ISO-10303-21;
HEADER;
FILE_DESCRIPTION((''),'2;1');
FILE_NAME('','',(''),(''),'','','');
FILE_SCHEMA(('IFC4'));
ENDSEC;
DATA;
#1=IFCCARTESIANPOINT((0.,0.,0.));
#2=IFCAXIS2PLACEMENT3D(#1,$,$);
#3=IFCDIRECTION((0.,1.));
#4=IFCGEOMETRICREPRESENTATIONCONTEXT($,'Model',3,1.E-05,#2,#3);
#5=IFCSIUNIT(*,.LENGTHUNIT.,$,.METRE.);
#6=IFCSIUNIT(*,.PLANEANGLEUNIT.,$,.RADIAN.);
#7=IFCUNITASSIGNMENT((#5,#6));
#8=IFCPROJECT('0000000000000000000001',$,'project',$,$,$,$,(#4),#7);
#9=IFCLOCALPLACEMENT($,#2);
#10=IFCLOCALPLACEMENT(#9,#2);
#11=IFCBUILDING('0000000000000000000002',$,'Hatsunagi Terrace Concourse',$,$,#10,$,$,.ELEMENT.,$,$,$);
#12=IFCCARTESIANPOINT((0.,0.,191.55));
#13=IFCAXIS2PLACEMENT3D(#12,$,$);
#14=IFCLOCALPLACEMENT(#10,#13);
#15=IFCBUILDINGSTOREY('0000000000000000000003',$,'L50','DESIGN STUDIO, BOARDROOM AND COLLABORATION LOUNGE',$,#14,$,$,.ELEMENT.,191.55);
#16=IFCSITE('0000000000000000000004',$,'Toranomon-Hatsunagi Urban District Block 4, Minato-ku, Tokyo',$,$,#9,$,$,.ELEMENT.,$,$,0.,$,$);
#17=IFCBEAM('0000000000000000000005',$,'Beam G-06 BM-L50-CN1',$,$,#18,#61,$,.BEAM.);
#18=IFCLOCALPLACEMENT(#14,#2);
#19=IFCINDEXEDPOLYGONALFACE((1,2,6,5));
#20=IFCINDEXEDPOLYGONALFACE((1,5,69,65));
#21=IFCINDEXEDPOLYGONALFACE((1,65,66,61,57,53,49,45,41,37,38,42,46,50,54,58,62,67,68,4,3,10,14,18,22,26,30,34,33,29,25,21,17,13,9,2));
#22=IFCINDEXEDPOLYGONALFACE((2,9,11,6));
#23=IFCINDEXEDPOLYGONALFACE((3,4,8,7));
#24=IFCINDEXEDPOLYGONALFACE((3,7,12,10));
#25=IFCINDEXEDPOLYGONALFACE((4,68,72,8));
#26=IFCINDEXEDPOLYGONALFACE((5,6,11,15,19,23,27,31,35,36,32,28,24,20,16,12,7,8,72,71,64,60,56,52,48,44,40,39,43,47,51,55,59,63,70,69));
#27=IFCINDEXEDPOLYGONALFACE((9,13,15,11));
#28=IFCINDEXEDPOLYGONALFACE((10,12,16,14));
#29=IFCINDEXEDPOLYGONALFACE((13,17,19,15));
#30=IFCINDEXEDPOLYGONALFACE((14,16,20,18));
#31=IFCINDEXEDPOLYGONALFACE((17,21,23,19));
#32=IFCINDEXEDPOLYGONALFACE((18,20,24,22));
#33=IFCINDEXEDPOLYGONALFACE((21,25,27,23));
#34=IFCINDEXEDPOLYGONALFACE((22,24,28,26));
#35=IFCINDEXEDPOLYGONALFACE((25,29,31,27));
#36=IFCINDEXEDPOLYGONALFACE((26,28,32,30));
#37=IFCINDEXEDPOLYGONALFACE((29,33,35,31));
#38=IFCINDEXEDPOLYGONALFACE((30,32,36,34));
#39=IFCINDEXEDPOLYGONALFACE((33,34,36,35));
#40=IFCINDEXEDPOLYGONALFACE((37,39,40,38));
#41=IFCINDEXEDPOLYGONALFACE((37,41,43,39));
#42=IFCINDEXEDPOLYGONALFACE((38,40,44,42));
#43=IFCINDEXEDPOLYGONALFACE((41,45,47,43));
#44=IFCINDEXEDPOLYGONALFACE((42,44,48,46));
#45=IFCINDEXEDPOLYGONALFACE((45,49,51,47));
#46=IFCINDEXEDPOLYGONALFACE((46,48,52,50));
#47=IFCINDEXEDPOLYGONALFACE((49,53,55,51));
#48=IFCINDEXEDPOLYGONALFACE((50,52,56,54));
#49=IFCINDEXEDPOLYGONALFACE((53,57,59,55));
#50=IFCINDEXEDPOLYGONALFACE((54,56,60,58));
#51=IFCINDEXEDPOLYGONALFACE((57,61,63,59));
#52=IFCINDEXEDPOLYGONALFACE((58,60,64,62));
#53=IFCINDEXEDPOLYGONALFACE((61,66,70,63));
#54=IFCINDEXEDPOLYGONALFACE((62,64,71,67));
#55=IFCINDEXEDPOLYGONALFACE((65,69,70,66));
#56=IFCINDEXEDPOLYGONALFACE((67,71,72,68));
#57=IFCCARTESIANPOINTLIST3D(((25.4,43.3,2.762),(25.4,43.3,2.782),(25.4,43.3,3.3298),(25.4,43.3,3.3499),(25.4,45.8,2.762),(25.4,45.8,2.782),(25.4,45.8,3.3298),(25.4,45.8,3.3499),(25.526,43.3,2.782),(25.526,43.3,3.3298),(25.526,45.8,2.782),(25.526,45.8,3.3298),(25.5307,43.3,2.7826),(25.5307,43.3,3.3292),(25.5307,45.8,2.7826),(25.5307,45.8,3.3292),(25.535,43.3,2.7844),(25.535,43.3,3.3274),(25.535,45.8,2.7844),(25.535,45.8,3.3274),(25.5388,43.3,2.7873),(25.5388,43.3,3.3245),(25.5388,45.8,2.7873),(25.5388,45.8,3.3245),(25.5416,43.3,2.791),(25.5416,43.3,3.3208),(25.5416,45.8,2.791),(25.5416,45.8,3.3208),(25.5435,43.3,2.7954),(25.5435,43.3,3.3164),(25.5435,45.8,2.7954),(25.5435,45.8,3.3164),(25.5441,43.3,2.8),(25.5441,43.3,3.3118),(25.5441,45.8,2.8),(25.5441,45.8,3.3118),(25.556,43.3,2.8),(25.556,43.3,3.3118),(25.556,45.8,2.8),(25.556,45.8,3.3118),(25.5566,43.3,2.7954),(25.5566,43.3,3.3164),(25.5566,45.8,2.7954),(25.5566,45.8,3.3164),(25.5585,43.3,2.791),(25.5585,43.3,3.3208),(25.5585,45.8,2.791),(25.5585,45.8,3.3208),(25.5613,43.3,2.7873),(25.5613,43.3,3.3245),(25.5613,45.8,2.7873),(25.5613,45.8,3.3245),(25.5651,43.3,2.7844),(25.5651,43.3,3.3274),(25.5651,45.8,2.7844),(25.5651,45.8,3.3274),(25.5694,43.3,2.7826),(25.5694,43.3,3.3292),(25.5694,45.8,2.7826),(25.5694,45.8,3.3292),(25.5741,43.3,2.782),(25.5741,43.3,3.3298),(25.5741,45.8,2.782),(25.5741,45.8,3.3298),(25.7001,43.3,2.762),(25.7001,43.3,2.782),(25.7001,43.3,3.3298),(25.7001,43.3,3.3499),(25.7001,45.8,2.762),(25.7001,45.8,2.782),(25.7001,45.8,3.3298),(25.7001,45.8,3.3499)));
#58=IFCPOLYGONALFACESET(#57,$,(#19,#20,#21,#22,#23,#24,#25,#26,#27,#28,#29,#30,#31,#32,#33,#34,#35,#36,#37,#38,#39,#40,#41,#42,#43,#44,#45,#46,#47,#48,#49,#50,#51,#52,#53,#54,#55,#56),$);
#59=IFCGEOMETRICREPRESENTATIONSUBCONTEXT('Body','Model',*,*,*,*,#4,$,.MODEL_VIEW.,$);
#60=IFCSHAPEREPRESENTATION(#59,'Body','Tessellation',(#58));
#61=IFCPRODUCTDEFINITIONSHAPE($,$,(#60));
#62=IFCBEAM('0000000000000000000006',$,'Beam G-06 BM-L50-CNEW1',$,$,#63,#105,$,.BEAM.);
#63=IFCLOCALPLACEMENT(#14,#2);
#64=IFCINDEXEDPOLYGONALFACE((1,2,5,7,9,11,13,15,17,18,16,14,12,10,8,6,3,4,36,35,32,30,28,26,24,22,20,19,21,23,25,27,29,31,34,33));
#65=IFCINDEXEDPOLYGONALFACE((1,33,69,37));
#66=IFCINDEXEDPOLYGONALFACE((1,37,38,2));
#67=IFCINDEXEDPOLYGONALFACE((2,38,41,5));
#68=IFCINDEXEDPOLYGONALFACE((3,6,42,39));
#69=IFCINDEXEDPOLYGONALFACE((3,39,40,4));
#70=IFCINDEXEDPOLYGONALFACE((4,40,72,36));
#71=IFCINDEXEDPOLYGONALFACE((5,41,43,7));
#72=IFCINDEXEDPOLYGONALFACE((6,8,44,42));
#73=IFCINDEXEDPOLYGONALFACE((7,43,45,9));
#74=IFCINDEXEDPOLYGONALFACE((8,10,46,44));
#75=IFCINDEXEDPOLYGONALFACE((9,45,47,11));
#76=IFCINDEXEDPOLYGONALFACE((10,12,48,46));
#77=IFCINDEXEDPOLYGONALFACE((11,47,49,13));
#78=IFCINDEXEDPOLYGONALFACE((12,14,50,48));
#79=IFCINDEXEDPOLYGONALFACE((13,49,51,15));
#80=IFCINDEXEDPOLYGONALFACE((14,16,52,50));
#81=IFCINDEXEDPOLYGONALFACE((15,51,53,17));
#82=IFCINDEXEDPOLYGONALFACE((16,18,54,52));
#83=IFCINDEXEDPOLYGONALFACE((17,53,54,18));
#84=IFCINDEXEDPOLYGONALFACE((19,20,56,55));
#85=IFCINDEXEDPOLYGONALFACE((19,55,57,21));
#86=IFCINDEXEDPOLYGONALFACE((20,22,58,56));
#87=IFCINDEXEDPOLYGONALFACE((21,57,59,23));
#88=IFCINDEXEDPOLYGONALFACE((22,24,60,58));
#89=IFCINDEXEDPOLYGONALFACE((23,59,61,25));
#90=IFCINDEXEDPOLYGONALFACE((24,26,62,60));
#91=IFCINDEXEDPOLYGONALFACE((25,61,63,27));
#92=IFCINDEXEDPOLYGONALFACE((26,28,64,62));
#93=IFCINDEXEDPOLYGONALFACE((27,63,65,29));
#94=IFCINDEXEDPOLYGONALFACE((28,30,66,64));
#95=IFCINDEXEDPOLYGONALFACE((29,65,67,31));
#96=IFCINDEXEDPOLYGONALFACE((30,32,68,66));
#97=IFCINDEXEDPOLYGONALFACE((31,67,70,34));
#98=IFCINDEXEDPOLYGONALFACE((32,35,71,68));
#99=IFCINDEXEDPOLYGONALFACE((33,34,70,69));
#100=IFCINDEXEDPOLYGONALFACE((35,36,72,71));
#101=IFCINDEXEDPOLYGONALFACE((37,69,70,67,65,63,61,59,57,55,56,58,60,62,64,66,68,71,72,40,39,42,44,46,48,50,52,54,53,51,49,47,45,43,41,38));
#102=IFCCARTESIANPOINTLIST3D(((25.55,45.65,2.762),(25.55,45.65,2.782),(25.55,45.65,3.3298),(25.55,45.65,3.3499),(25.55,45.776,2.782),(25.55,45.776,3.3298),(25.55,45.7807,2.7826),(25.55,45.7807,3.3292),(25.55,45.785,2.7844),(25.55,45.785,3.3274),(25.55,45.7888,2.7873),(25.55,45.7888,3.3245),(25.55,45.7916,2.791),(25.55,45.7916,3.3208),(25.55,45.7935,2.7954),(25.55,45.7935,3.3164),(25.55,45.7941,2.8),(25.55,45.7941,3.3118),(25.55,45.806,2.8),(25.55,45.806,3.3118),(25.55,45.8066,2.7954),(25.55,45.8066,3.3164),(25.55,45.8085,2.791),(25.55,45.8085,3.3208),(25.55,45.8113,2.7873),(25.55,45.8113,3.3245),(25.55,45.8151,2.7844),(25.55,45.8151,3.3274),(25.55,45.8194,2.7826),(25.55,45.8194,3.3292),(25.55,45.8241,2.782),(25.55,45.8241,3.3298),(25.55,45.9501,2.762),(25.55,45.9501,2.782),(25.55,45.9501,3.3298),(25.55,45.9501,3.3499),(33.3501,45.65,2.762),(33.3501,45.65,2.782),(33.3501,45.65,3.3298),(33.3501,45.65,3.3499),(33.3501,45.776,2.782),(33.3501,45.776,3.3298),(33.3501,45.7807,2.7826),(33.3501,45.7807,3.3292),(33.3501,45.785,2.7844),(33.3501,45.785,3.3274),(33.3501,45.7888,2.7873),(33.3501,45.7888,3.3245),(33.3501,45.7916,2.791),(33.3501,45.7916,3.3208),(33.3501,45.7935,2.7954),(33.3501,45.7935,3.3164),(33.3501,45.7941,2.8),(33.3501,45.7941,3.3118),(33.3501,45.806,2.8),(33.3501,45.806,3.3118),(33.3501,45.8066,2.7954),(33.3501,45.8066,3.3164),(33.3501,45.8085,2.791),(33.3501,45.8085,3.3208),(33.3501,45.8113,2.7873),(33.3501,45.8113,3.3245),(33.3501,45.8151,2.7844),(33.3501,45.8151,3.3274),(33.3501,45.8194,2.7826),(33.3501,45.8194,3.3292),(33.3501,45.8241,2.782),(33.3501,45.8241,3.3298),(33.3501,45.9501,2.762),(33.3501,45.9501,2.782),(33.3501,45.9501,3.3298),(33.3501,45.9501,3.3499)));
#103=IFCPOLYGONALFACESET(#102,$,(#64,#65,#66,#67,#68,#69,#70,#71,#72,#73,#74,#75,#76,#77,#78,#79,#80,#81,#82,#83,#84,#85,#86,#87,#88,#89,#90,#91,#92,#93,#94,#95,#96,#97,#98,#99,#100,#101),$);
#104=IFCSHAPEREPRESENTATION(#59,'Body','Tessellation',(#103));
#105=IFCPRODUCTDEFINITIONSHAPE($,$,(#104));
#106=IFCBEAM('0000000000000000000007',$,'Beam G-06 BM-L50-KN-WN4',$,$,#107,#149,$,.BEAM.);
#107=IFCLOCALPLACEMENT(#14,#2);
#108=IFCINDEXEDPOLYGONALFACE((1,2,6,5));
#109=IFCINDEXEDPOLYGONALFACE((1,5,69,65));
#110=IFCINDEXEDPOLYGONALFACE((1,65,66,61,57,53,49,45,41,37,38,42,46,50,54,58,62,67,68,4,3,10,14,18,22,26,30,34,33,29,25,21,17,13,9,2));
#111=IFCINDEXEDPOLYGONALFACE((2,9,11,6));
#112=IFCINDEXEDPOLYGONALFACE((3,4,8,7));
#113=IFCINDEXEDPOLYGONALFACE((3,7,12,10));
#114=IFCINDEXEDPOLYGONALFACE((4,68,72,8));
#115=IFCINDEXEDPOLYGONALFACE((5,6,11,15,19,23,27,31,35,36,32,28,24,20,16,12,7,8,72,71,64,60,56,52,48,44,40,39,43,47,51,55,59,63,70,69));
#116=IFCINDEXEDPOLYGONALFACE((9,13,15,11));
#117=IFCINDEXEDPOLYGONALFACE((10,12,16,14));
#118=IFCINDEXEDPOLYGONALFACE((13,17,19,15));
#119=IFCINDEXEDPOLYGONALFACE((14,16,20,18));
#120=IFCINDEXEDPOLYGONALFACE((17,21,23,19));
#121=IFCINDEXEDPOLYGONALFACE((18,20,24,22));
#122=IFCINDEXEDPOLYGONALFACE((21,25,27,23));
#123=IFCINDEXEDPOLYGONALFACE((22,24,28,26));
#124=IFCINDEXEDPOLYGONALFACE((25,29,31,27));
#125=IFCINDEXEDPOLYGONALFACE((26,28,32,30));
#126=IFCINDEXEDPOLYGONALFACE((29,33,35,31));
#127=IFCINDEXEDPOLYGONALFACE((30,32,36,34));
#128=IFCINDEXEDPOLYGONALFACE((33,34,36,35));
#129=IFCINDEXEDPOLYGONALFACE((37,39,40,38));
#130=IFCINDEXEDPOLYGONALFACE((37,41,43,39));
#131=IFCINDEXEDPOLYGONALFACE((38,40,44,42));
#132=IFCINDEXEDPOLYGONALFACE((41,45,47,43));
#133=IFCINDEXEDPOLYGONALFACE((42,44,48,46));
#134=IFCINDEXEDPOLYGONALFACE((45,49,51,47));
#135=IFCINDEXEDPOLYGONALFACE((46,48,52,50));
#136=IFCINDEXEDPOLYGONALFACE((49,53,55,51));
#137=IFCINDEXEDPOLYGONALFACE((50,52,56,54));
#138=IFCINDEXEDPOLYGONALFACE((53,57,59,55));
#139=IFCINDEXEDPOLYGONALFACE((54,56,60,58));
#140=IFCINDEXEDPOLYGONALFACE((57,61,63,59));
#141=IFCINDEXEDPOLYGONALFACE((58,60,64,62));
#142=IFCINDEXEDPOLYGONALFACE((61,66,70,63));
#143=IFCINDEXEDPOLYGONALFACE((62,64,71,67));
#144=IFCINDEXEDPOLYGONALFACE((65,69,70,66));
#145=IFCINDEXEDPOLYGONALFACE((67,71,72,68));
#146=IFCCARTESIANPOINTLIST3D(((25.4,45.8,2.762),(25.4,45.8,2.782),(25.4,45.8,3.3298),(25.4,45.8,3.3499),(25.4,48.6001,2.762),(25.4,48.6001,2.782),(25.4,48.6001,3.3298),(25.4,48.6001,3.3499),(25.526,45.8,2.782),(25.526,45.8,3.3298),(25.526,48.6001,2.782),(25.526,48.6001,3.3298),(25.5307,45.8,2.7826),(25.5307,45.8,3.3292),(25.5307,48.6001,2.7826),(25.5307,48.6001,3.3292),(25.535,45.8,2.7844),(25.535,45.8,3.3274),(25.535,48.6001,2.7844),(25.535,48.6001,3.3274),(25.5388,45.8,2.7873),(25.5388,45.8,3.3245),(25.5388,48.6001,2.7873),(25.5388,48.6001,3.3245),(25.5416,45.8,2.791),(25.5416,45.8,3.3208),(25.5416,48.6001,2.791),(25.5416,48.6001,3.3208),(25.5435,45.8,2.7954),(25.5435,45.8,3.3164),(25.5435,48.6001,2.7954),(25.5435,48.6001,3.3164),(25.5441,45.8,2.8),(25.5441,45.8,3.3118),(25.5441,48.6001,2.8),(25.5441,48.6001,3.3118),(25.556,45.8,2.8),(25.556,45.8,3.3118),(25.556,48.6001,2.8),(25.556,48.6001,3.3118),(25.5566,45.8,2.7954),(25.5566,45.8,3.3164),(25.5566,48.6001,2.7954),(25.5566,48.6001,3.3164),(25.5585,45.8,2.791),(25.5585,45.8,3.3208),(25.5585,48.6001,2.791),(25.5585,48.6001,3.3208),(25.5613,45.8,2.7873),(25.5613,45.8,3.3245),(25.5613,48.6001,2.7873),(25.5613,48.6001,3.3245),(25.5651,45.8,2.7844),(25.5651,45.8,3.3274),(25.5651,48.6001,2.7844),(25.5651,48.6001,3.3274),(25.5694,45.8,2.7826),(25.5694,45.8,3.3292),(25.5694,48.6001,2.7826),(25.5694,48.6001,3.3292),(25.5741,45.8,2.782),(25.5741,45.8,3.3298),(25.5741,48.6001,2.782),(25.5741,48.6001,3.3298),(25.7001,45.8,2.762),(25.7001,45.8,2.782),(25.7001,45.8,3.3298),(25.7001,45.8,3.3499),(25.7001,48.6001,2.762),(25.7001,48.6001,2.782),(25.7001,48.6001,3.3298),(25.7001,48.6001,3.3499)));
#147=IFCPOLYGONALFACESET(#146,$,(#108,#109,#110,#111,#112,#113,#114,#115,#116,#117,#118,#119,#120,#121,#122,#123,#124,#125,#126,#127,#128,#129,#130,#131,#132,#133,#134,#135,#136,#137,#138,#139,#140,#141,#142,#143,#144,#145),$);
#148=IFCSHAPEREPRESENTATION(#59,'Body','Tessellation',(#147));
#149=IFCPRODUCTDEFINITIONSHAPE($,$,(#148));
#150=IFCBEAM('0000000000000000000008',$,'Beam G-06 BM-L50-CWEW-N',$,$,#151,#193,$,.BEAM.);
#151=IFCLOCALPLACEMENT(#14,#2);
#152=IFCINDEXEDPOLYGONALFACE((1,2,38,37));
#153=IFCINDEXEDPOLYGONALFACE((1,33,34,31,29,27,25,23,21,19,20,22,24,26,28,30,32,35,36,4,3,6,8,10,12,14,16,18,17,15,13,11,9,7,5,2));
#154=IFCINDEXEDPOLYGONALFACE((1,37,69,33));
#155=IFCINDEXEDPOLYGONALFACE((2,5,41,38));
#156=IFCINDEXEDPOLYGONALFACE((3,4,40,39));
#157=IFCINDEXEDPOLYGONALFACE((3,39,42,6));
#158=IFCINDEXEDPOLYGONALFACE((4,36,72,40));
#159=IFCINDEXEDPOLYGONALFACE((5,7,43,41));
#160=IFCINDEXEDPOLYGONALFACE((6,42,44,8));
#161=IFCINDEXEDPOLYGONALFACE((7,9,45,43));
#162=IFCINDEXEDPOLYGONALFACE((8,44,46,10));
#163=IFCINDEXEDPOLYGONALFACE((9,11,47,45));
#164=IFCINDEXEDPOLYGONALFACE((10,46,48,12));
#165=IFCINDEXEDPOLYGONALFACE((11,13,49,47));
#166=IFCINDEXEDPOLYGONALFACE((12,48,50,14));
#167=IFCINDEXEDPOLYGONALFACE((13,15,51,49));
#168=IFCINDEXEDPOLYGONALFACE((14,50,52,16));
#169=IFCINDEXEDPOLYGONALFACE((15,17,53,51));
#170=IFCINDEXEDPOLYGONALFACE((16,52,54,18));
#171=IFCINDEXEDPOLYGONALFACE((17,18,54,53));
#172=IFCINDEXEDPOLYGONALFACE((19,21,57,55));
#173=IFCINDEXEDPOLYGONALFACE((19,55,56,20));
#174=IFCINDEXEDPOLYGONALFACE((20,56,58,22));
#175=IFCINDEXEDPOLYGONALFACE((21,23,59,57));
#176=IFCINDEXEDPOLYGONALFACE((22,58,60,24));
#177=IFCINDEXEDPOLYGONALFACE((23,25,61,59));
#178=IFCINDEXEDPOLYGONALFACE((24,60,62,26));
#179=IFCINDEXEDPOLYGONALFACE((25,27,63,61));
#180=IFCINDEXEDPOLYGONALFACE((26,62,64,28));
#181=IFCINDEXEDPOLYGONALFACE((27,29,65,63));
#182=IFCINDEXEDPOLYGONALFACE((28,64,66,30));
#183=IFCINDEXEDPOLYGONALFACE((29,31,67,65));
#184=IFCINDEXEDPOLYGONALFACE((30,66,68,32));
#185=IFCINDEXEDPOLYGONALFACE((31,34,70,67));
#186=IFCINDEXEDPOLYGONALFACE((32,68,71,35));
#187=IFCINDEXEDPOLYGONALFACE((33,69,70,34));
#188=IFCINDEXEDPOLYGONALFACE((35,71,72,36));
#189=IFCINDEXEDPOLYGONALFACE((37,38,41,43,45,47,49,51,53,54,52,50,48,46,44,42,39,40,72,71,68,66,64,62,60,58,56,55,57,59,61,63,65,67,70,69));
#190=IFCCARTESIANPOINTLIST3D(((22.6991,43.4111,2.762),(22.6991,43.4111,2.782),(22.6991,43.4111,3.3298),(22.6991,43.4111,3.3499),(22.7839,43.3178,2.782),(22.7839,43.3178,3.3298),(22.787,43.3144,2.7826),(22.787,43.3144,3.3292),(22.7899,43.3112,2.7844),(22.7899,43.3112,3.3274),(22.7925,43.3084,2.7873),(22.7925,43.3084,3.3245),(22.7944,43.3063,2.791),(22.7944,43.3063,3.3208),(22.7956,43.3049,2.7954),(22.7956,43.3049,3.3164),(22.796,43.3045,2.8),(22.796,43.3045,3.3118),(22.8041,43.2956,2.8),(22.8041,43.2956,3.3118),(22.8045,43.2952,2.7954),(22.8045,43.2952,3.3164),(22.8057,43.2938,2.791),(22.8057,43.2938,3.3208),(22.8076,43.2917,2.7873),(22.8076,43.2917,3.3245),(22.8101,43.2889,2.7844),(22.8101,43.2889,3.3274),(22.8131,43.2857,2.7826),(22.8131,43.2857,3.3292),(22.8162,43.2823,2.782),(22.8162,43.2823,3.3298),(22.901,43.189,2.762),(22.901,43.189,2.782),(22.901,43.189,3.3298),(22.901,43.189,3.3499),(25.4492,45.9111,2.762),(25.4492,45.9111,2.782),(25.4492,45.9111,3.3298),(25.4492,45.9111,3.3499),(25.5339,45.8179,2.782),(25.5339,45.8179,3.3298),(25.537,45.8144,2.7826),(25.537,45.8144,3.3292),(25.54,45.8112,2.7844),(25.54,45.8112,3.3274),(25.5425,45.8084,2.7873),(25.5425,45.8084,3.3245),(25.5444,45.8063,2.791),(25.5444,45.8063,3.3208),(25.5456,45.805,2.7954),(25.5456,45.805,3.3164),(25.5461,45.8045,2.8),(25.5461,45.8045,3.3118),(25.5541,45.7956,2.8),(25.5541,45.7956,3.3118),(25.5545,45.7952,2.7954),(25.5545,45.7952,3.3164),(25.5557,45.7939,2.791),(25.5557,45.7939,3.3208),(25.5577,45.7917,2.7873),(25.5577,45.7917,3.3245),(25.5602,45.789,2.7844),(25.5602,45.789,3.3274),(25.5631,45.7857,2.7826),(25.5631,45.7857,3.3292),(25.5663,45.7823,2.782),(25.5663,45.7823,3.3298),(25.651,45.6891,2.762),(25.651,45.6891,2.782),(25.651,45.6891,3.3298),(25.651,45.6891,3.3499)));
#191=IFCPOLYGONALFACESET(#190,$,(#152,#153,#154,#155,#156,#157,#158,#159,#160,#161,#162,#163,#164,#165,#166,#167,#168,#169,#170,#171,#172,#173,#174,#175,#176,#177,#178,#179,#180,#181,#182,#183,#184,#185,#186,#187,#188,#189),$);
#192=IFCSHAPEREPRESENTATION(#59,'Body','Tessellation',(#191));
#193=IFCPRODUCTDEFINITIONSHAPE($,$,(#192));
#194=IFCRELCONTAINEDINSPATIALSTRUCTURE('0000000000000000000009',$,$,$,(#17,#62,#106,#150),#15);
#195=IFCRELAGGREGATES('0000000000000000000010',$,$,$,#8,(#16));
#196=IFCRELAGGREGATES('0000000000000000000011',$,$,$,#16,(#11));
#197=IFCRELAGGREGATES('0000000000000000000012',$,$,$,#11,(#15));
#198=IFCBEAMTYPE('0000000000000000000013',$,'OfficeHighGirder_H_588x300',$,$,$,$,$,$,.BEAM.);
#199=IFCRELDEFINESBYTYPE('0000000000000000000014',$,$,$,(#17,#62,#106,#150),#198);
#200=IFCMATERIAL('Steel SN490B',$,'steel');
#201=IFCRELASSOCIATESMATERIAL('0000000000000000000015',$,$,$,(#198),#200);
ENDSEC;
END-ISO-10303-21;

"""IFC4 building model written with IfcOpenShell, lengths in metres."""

from ifc_helpers import new_model, si_unit, direction, frame, origin, origin_2d, place, context, subcontext, project, spatial, i_section, extrude, material, material_profile, profile_set, type_object, element, save


model = new_model("IFC4")

# Units and contexts
model_context = context("Model", 3, precision=1e-05, world=origin(), true_north=direction((0.0, 1.0)))
body_context = subcontext(model_context, "Body", "Model", "MODEL_VIEW")
ifc_project = project(units=[si_unit("LENGTHUNIT", "METRE"), si_unit("PLANEANGLEUNIT", "RADIAN")], contexts=[model_context])

# Site, building, storey
site_placement = place(None, origin())
site = spatial("IfcSite", under=ifc_project, at=site_placement, Name="Toranomon-Hatsunagi Urban District Block 4, Minato-ku, Tokyo", CompositionType="ELEMENT", RefElevation=0.0)
building_placement = place(site_placement, origin())
building = spatial("IfcBuilding", under=site, at=building_placement, Name="Hatsunagi Terrace Concourse", CompositionType="ELEMENT")
storey_placement = place(building_placement, frame((0.0, 0.0, 191.55)))
storey = spatial("IfcBuildingStorey", under=building, at=storey_placement, Name="L50", Description="DESIGN STUDIO, BOARDROOM AND COLLABORATION LOUNGE", CompositionType="ELEMENT", Elevation=191.55)

# Beams
ifc_material_1 = material(Name="Steel SN490B", Category="steel")
ifc_material_profile_1 = material_profile(ifc_material_1, i_section(OverallWidth=0.3, OverallDepth=0.5879, WebThickness=0.012, FlangeThickness=0.02, FilletRadius=0.0181, at=origin_2d()), Name="H-588x300x12x20")
ifc_profile_set_1 = profile_set([ifc_material_profile_1], Name="Steel SN490B")
beam_type_1 = type_object("IfcBeamType", Name="OfficeHighGirder_H_588x300", PredefinedType="BEAM", material=ifc_profile_set_1)
beam_1_placement = place(storey_placement, frame((25.55, 43.3, 3.0559), z_axis=(0.0, 1.0, 0.0), x_axis=(-1.0, 0.0, 0.0)))
element("IfcBeam", 1, at=beam_1_placement, inside=storey, type_object=beam_type_1, Name="Beam G-06 BM-L50-CN1", PredefinedType="BEAM", context=body_context, shape_type="SweptSolid", body=[
    extrude(i_section(OverallWidth=0.3, OverallDepth=0.5879, WebThickness=0.012, FlangeThickness=0.02, FilletRadius=0.0181, at=origin_2d()), origin(), (0.0, 0.0, 1.0), 2.5),
])
beam_2_placement = place(storey_placement, frame((25.55, 45.8, 3.0559), z_axis=(1.0, 0.0, 0.0), x_axis=(0.0, 1.0, 0.0)))
element("IfcBeam", 2, at=beam_2_placement, inside=storey, type_object=beam_type_1, Name="Beam G-06 BM-L50-CNEW1", PredefinedType="BEAM", context=body_context, shape_type="SweptSolid", body=[
    extrude(i_section(OverallWidth=0.3, OverallDepth=0.5879, WebThickness=0.012, FlangeThickness=0.02, FilletRadius=0.0181, at=origin_2d()), origin(), (0.0, 0.0, 1.0), 7.8),
])
beam_3_placement = place(storey_placement, frame((25.55, 45.8, 3.0559), z_axis=(0.0, 1.0, 0.0), x_axis=(-1.0, 0.0, 0.0)))
element("IfcBeam", 3, at=beam_3_placement, inside=storey, type_object=beam_type_1, Name="Beam G-06 BM-L50-KN-WN4", PredefinedType="BEAM", context=body_context, shape_type="SweptSolid", body=[
    extrude(i_section(OverallWidth=0.3, OverallDepth=0.5879, WebThickness=0.012, FlangeThickness=0.02, FilletRadius=0.0181, at=origin_2d()), origin(), (0.0, 0.0, 1.0), 2.8),
])
beam_4_placement = place(storey_placement, frame((22.8, 43.3, 3.0559), z_axis=(0.73994, 0.672673, 0.0), x_axis=(-0.672673, 0.73994, 0.0)))
element("IfcBeam", 4, at=beam_4_placement, inside=storey, type_object=beam_type_1, Name="Beam G-06 BM-L50-CWEW-N", PredefinedType="BEAM", context=body_context, shape_type="SweptSolid", body=[
    extrude(i_section(OverallWidth=0.3, OverallDepth=0.5879, WebThickness=0.012, FlangeThickness=0.02, FilletRadius=0.0181, at=origin_2d()), origin(), (0.0, 0.0, 1.0), 3.7166),
])

save(model, "model.ifc")
